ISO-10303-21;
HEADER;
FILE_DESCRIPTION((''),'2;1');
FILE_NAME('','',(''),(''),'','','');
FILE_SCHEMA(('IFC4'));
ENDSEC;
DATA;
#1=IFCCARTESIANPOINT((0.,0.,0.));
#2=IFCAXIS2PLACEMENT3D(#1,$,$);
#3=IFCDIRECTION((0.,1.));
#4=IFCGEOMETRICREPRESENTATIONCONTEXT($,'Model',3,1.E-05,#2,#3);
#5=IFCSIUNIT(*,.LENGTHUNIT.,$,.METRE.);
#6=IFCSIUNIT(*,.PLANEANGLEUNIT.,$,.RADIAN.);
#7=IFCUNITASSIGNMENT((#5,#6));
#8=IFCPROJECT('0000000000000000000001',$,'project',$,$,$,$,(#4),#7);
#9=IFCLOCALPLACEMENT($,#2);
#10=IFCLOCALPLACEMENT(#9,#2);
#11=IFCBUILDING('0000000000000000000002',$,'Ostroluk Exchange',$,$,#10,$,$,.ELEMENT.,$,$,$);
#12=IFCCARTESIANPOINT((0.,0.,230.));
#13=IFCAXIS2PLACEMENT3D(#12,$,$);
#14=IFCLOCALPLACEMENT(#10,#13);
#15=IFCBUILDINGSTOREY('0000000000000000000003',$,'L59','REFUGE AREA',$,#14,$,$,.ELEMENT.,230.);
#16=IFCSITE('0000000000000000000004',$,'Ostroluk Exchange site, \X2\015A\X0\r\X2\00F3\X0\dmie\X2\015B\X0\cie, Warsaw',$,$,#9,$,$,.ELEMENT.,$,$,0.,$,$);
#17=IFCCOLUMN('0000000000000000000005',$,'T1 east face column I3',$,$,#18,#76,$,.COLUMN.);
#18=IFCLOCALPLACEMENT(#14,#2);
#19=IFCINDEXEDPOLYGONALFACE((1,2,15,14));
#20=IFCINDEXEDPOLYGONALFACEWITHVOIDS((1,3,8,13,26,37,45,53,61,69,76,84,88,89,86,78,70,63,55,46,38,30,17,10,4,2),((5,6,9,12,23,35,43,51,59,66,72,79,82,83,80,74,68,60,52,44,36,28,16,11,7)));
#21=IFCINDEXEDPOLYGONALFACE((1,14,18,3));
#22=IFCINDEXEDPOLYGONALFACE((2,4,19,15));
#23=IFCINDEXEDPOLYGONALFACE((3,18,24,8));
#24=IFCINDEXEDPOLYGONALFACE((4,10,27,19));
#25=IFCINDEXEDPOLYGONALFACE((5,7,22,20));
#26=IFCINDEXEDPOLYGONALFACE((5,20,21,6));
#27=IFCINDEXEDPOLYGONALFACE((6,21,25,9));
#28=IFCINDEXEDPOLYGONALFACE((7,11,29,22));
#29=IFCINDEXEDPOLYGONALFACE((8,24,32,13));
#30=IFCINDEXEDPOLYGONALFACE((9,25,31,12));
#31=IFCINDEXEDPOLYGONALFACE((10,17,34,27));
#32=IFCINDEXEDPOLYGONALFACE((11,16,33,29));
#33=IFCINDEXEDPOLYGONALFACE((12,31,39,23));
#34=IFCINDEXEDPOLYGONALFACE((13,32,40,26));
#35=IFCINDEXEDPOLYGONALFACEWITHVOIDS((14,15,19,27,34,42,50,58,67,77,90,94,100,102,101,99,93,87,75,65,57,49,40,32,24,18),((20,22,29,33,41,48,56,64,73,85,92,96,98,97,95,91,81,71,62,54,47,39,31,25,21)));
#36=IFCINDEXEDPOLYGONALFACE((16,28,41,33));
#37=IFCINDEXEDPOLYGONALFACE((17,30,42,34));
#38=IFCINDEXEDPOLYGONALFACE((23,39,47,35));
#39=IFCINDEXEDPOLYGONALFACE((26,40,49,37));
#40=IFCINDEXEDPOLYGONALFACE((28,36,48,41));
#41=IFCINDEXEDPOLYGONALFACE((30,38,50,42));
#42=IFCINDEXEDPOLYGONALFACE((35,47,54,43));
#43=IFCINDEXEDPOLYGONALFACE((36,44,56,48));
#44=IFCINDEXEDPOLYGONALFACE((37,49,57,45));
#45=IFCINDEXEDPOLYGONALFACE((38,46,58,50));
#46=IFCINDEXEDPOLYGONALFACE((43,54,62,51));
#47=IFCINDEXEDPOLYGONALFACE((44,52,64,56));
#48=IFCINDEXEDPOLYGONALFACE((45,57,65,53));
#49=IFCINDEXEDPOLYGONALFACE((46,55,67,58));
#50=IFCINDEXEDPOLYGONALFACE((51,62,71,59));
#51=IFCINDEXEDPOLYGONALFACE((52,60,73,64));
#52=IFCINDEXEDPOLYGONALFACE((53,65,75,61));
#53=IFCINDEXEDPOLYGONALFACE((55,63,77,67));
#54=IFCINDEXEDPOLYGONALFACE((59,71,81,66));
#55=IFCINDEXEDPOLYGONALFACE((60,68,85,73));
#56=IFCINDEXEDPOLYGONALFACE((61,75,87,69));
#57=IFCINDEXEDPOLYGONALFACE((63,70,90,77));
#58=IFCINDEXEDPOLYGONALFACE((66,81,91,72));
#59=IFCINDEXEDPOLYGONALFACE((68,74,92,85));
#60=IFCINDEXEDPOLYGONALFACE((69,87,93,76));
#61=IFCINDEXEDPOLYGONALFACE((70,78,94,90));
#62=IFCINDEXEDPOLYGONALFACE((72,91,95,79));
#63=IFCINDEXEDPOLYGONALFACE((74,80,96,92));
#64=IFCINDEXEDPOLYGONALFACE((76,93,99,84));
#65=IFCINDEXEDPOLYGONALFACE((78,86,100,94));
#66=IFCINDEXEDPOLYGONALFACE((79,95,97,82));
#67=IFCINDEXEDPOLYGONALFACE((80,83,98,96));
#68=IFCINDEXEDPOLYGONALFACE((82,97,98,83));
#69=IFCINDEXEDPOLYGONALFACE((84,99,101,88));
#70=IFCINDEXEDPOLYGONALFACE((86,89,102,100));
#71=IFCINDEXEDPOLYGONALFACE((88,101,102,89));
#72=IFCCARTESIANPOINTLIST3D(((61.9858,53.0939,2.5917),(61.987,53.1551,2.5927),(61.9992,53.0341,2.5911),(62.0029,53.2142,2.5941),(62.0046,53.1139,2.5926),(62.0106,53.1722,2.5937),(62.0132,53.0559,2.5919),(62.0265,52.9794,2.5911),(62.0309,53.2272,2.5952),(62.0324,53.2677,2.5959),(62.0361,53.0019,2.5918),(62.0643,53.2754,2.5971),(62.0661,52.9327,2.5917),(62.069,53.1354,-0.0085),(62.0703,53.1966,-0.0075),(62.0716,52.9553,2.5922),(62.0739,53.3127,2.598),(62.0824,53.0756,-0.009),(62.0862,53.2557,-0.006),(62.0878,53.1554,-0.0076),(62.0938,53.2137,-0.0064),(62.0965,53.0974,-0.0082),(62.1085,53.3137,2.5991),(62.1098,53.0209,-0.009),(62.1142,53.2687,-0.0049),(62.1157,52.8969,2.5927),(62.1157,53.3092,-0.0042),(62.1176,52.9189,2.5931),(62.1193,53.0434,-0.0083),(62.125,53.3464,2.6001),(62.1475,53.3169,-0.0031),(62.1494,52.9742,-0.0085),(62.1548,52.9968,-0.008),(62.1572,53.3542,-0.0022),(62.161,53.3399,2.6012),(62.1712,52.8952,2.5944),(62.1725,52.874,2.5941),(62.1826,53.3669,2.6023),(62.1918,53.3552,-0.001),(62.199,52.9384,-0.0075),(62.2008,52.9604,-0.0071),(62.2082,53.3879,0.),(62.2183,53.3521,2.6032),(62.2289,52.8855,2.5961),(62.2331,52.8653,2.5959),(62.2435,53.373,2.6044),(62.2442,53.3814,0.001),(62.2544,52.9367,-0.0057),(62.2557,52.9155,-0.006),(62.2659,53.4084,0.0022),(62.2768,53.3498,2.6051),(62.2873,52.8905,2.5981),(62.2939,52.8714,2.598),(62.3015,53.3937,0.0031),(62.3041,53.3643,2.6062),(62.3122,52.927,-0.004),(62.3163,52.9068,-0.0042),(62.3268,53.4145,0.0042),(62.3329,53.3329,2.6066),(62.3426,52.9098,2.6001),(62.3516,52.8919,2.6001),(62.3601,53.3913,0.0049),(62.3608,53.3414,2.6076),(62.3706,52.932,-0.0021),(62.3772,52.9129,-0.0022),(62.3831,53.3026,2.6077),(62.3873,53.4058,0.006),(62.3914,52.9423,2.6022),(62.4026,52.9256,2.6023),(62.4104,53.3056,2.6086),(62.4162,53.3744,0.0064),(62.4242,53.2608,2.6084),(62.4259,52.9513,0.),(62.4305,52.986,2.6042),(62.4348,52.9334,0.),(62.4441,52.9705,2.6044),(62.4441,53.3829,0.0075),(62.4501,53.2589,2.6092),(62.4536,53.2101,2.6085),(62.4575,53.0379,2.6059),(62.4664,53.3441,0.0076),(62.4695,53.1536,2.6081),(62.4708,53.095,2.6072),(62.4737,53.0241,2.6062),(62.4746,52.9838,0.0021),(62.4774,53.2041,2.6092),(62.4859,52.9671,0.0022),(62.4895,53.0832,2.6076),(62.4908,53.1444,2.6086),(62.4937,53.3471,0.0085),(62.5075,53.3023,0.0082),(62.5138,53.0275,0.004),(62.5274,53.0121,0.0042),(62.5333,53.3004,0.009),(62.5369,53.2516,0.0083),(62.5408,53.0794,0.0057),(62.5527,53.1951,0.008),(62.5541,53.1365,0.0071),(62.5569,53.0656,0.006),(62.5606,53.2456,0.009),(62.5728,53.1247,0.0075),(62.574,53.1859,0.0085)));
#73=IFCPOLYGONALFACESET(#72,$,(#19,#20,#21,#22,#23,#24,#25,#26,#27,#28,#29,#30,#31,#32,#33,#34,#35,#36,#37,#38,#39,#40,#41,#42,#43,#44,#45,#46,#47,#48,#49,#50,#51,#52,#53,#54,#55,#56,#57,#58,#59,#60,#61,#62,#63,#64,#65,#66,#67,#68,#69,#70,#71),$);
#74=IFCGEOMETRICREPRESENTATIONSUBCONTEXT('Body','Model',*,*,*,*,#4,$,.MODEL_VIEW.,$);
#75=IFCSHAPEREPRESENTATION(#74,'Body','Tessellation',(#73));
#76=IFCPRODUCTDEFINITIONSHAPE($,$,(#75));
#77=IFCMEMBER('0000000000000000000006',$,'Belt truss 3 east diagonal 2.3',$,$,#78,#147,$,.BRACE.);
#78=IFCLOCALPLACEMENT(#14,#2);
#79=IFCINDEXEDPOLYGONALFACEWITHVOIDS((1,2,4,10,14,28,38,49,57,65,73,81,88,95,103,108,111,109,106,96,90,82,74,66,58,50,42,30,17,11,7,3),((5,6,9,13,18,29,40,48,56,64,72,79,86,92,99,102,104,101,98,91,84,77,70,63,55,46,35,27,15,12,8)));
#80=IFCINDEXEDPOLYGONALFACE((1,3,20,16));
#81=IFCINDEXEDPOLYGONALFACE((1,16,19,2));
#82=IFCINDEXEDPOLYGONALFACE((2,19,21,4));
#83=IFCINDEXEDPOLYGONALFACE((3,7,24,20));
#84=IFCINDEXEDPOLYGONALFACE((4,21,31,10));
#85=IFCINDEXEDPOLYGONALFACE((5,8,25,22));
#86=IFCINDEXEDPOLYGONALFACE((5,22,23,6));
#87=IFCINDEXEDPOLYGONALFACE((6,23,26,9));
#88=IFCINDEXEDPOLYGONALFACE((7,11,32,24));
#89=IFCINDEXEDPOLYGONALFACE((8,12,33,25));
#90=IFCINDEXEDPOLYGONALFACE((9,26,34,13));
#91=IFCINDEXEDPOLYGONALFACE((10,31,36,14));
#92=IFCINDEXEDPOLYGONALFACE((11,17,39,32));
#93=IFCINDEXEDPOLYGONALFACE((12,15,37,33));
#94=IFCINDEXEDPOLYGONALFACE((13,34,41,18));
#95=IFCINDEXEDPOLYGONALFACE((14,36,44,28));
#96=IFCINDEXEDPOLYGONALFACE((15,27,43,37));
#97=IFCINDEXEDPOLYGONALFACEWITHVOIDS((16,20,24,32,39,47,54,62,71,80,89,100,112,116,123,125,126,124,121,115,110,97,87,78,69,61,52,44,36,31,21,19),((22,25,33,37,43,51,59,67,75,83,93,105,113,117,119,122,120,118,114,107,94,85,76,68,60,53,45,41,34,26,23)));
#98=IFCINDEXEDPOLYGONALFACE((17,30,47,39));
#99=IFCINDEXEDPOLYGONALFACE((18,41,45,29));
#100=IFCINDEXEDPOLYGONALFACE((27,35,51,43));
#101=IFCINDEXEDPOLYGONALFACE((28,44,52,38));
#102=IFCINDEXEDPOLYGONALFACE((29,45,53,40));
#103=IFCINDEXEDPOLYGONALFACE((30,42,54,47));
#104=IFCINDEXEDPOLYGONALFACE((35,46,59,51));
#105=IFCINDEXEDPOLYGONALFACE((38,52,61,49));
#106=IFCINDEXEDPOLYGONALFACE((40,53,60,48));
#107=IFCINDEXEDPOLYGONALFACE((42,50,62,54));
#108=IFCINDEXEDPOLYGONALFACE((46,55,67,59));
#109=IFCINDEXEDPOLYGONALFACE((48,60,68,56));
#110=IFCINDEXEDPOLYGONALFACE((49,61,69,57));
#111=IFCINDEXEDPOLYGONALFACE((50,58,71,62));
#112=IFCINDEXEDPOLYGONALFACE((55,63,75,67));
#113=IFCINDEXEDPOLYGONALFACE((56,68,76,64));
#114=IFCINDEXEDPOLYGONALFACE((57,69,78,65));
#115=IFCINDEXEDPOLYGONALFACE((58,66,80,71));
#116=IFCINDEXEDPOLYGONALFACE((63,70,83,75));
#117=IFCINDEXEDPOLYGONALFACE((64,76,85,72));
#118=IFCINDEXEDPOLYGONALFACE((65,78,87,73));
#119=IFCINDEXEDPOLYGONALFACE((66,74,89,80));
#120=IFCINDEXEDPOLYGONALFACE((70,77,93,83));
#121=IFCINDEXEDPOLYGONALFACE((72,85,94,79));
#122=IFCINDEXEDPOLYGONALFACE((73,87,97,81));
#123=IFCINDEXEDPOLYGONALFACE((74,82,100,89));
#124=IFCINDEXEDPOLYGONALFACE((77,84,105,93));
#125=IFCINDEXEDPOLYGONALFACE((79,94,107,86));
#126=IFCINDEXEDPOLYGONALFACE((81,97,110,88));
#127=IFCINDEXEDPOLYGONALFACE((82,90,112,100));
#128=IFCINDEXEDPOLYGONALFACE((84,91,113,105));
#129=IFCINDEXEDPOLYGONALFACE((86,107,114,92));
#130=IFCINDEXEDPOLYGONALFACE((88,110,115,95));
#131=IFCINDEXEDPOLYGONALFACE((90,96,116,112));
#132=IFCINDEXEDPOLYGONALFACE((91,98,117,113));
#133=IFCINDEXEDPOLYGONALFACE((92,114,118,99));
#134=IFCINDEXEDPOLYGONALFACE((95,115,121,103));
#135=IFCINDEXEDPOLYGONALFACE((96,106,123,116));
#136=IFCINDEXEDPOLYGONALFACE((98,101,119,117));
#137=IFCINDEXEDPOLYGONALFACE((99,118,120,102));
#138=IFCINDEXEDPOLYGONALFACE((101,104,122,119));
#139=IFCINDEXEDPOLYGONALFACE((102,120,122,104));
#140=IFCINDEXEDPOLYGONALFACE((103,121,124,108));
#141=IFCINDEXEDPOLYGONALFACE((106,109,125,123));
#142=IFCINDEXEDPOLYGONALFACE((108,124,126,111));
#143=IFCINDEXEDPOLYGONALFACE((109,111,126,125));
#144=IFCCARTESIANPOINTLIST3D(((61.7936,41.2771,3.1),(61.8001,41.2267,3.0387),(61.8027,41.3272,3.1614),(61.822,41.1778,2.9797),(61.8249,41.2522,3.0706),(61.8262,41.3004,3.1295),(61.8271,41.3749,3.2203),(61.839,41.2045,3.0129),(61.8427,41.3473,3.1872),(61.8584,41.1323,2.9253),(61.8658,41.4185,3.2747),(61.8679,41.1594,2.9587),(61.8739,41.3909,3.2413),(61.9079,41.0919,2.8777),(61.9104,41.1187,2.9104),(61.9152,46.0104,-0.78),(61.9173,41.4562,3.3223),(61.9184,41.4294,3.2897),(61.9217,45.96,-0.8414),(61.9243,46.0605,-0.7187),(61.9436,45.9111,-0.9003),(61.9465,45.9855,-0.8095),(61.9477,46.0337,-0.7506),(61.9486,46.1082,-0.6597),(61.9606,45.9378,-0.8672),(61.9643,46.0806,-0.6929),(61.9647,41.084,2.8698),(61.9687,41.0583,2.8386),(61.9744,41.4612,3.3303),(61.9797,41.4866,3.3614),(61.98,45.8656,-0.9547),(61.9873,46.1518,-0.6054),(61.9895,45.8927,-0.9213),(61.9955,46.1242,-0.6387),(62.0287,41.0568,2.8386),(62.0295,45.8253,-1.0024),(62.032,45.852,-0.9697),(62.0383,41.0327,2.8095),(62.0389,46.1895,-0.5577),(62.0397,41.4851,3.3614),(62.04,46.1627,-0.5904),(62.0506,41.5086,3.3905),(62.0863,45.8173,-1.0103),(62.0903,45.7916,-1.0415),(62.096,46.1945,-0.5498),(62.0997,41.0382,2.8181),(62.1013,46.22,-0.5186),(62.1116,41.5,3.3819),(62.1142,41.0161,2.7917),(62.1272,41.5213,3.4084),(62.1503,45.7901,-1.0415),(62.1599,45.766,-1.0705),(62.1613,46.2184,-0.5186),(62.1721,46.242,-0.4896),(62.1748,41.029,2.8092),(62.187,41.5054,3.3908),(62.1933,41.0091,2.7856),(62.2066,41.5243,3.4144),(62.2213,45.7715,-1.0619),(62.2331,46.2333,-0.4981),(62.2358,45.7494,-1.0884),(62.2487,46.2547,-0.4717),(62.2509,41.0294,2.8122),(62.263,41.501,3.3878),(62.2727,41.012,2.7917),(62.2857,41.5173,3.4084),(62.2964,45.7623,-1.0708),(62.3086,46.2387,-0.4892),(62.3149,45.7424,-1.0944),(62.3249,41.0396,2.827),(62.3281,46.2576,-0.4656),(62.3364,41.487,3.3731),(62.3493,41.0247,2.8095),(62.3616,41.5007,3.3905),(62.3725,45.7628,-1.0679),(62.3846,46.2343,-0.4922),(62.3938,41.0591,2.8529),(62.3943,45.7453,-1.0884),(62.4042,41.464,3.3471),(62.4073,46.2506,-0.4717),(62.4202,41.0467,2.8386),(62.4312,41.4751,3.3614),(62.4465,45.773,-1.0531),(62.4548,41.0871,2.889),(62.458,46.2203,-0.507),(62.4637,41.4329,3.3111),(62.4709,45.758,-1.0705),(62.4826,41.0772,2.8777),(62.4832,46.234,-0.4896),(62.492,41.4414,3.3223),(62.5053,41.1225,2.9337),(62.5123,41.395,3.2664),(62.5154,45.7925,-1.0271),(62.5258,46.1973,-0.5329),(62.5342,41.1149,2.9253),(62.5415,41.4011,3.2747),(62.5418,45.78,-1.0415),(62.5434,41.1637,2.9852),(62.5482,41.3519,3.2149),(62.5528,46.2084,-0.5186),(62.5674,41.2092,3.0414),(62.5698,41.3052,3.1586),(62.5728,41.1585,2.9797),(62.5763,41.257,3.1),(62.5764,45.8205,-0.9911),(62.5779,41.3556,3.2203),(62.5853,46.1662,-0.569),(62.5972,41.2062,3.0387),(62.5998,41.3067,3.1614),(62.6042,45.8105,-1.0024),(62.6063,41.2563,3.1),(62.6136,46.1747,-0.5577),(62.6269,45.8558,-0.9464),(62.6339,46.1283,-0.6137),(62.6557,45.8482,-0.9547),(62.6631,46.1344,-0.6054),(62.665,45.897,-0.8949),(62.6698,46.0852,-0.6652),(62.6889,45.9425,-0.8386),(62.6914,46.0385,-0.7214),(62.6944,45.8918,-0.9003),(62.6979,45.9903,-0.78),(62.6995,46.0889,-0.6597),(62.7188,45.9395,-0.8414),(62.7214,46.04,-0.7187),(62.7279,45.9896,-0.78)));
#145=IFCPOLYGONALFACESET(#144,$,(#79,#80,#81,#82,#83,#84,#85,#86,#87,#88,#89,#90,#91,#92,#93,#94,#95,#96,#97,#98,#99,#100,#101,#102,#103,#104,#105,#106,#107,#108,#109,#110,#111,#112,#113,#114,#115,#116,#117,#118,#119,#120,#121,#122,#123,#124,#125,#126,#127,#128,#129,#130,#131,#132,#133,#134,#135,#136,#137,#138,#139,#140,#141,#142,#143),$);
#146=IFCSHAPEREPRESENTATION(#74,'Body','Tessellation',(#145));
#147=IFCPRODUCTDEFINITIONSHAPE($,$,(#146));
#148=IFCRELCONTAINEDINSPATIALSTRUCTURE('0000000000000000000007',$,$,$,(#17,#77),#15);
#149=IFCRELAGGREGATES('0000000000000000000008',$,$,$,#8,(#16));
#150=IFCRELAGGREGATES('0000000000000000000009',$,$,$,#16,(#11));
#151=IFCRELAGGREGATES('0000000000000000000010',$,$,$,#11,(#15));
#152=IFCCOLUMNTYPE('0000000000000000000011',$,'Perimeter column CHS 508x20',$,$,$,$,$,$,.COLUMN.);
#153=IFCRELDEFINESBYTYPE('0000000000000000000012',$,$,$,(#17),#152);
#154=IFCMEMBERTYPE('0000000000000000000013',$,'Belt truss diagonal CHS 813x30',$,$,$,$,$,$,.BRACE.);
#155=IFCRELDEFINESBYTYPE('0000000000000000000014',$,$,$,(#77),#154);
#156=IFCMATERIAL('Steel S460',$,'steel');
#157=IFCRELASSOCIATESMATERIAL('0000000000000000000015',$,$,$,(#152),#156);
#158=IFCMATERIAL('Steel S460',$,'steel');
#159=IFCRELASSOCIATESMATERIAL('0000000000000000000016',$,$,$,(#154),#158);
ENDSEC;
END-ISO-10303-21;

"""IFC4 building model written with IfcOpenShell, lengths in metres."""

from ifc_helpers import new_model, si_unit, direction, frame, origin, origin_2d, place, context, subcontext, project, spatial, hollow_circle, extrude, material, material_profile, profile_set, type_object, element, save


model = new_model("IFC4")

# Units and contexts
model_context = context("Model", 3, precision=1e-05, world=origin(), true_north=direction((0.0, 1.0)))
body_context = subcontext(model_context, "Body", "Model", "MODEL_VIEW")
ifc_project = project(units=[si_unit("LENGTHUNIT", "METRE"), si_unit("PLANEANGLEUNIT", "RADIAN")], contexts=[model_context])

# Site, building, storey
site_placement = place(None, origin())
site = spatial("IfcSite", under=ifc_project, at=site_placement, Name="Ostroluk Exchange site, Śródmieście, Warsaw", CompositionType="ELEMENT", RefElevation=0.0)
building_placement = place(site_placement, origin())
building = spatial("IfcBuilding", under=site, at=building_placement, Name="Ostroluk Exchange", CompositionType="ELEMENT")
storey_placement = place(building_placement, frame((0.0, 0.0, 230.0)))
storey = spatial("IfcBuildingStorey", under=building, at=storey_placement, Name="L59", Description="REFUGE AREA", CompositionType="ELEMENT", Elevation=230.0)

# Column
ifc_material_1 = material(Name="Steel S460", Category="steel")
ifc_material_profile_1 = material_profile(ifc_material_1, hollow_circle(Radius=0.2539, WallThickness=0.02, at=origin_2d()), Name="CHS 508x20")
ifc_profile_set_1 = profile_set([ifc_material_profile_1], Name="Steel S460")
column_type = type_object("IfcColumnType", Name="Perimeter column CHS 508x20", PredefinedType="COLUMN", material=ifc_profile_set_1)
column_placement = place(storey_placement, frame((62.3215, 53.1606, 0.0), z_axis=(-0.031998, -0.015952, 0.999361), x_axis=(0.446163, -0.894951, 0.0)))
element("IfcColumn", 1, at=column_placement, inside=storey, type_object=column_type, Name="T1 east face column I3", PredefinedType="COLUMN", context=body_context, shape_type="SweptSolid", body=[
    extrude(hollow_circle(Radius=0.2539, WallThickness=0.02, at=origin_2d()), origin(), (0.0, 0.0, 1.0), 2.6018),
])

# Member
ifc_material_2 = material(Name="Steel S460", Category="steel")
ifc_material_profile_2 = material_profile(ifc_material_2, hollow_circle(Radius=0.4065, WallThickness=0.03, at=origin_2d()), Name="CHS 813x30")
ifc_profile_set_2 = profile_set([ifc_material_profile_2], Name="Steel S460")
member_type_1 = type_object("IfcMemberType", Name="Belt truss diagonal CHS 813x30", PredefinedType="BRACE", material=ifc_profile_set_2)
for number, where, z_axis, x_axis, name in (
    (2, (62.3215, 46.0, -0.78), (-0.019861, -0.773216, 0.633831), (0.99967, -0.025678, 0.0), "Belt truss 3 east diagonal 2.3"),
):
    element("IfcMember", number, at=place(storey_placement, frame(where, z_axis=z_axis, x_axis=x_axis)), inside=storey, type_object=member_type_1, Name=name, PredefinedType="BRACE", context=body_context, shape_type="SweptSolid", body=[
        extrude(hollow_circle(Radius=0.4065, WallThickness=0.03, at=origin_2d()), origin(), (0.0, 0.0, 1.0), 6.1216),
    ])

save(model, "model.ifc")
